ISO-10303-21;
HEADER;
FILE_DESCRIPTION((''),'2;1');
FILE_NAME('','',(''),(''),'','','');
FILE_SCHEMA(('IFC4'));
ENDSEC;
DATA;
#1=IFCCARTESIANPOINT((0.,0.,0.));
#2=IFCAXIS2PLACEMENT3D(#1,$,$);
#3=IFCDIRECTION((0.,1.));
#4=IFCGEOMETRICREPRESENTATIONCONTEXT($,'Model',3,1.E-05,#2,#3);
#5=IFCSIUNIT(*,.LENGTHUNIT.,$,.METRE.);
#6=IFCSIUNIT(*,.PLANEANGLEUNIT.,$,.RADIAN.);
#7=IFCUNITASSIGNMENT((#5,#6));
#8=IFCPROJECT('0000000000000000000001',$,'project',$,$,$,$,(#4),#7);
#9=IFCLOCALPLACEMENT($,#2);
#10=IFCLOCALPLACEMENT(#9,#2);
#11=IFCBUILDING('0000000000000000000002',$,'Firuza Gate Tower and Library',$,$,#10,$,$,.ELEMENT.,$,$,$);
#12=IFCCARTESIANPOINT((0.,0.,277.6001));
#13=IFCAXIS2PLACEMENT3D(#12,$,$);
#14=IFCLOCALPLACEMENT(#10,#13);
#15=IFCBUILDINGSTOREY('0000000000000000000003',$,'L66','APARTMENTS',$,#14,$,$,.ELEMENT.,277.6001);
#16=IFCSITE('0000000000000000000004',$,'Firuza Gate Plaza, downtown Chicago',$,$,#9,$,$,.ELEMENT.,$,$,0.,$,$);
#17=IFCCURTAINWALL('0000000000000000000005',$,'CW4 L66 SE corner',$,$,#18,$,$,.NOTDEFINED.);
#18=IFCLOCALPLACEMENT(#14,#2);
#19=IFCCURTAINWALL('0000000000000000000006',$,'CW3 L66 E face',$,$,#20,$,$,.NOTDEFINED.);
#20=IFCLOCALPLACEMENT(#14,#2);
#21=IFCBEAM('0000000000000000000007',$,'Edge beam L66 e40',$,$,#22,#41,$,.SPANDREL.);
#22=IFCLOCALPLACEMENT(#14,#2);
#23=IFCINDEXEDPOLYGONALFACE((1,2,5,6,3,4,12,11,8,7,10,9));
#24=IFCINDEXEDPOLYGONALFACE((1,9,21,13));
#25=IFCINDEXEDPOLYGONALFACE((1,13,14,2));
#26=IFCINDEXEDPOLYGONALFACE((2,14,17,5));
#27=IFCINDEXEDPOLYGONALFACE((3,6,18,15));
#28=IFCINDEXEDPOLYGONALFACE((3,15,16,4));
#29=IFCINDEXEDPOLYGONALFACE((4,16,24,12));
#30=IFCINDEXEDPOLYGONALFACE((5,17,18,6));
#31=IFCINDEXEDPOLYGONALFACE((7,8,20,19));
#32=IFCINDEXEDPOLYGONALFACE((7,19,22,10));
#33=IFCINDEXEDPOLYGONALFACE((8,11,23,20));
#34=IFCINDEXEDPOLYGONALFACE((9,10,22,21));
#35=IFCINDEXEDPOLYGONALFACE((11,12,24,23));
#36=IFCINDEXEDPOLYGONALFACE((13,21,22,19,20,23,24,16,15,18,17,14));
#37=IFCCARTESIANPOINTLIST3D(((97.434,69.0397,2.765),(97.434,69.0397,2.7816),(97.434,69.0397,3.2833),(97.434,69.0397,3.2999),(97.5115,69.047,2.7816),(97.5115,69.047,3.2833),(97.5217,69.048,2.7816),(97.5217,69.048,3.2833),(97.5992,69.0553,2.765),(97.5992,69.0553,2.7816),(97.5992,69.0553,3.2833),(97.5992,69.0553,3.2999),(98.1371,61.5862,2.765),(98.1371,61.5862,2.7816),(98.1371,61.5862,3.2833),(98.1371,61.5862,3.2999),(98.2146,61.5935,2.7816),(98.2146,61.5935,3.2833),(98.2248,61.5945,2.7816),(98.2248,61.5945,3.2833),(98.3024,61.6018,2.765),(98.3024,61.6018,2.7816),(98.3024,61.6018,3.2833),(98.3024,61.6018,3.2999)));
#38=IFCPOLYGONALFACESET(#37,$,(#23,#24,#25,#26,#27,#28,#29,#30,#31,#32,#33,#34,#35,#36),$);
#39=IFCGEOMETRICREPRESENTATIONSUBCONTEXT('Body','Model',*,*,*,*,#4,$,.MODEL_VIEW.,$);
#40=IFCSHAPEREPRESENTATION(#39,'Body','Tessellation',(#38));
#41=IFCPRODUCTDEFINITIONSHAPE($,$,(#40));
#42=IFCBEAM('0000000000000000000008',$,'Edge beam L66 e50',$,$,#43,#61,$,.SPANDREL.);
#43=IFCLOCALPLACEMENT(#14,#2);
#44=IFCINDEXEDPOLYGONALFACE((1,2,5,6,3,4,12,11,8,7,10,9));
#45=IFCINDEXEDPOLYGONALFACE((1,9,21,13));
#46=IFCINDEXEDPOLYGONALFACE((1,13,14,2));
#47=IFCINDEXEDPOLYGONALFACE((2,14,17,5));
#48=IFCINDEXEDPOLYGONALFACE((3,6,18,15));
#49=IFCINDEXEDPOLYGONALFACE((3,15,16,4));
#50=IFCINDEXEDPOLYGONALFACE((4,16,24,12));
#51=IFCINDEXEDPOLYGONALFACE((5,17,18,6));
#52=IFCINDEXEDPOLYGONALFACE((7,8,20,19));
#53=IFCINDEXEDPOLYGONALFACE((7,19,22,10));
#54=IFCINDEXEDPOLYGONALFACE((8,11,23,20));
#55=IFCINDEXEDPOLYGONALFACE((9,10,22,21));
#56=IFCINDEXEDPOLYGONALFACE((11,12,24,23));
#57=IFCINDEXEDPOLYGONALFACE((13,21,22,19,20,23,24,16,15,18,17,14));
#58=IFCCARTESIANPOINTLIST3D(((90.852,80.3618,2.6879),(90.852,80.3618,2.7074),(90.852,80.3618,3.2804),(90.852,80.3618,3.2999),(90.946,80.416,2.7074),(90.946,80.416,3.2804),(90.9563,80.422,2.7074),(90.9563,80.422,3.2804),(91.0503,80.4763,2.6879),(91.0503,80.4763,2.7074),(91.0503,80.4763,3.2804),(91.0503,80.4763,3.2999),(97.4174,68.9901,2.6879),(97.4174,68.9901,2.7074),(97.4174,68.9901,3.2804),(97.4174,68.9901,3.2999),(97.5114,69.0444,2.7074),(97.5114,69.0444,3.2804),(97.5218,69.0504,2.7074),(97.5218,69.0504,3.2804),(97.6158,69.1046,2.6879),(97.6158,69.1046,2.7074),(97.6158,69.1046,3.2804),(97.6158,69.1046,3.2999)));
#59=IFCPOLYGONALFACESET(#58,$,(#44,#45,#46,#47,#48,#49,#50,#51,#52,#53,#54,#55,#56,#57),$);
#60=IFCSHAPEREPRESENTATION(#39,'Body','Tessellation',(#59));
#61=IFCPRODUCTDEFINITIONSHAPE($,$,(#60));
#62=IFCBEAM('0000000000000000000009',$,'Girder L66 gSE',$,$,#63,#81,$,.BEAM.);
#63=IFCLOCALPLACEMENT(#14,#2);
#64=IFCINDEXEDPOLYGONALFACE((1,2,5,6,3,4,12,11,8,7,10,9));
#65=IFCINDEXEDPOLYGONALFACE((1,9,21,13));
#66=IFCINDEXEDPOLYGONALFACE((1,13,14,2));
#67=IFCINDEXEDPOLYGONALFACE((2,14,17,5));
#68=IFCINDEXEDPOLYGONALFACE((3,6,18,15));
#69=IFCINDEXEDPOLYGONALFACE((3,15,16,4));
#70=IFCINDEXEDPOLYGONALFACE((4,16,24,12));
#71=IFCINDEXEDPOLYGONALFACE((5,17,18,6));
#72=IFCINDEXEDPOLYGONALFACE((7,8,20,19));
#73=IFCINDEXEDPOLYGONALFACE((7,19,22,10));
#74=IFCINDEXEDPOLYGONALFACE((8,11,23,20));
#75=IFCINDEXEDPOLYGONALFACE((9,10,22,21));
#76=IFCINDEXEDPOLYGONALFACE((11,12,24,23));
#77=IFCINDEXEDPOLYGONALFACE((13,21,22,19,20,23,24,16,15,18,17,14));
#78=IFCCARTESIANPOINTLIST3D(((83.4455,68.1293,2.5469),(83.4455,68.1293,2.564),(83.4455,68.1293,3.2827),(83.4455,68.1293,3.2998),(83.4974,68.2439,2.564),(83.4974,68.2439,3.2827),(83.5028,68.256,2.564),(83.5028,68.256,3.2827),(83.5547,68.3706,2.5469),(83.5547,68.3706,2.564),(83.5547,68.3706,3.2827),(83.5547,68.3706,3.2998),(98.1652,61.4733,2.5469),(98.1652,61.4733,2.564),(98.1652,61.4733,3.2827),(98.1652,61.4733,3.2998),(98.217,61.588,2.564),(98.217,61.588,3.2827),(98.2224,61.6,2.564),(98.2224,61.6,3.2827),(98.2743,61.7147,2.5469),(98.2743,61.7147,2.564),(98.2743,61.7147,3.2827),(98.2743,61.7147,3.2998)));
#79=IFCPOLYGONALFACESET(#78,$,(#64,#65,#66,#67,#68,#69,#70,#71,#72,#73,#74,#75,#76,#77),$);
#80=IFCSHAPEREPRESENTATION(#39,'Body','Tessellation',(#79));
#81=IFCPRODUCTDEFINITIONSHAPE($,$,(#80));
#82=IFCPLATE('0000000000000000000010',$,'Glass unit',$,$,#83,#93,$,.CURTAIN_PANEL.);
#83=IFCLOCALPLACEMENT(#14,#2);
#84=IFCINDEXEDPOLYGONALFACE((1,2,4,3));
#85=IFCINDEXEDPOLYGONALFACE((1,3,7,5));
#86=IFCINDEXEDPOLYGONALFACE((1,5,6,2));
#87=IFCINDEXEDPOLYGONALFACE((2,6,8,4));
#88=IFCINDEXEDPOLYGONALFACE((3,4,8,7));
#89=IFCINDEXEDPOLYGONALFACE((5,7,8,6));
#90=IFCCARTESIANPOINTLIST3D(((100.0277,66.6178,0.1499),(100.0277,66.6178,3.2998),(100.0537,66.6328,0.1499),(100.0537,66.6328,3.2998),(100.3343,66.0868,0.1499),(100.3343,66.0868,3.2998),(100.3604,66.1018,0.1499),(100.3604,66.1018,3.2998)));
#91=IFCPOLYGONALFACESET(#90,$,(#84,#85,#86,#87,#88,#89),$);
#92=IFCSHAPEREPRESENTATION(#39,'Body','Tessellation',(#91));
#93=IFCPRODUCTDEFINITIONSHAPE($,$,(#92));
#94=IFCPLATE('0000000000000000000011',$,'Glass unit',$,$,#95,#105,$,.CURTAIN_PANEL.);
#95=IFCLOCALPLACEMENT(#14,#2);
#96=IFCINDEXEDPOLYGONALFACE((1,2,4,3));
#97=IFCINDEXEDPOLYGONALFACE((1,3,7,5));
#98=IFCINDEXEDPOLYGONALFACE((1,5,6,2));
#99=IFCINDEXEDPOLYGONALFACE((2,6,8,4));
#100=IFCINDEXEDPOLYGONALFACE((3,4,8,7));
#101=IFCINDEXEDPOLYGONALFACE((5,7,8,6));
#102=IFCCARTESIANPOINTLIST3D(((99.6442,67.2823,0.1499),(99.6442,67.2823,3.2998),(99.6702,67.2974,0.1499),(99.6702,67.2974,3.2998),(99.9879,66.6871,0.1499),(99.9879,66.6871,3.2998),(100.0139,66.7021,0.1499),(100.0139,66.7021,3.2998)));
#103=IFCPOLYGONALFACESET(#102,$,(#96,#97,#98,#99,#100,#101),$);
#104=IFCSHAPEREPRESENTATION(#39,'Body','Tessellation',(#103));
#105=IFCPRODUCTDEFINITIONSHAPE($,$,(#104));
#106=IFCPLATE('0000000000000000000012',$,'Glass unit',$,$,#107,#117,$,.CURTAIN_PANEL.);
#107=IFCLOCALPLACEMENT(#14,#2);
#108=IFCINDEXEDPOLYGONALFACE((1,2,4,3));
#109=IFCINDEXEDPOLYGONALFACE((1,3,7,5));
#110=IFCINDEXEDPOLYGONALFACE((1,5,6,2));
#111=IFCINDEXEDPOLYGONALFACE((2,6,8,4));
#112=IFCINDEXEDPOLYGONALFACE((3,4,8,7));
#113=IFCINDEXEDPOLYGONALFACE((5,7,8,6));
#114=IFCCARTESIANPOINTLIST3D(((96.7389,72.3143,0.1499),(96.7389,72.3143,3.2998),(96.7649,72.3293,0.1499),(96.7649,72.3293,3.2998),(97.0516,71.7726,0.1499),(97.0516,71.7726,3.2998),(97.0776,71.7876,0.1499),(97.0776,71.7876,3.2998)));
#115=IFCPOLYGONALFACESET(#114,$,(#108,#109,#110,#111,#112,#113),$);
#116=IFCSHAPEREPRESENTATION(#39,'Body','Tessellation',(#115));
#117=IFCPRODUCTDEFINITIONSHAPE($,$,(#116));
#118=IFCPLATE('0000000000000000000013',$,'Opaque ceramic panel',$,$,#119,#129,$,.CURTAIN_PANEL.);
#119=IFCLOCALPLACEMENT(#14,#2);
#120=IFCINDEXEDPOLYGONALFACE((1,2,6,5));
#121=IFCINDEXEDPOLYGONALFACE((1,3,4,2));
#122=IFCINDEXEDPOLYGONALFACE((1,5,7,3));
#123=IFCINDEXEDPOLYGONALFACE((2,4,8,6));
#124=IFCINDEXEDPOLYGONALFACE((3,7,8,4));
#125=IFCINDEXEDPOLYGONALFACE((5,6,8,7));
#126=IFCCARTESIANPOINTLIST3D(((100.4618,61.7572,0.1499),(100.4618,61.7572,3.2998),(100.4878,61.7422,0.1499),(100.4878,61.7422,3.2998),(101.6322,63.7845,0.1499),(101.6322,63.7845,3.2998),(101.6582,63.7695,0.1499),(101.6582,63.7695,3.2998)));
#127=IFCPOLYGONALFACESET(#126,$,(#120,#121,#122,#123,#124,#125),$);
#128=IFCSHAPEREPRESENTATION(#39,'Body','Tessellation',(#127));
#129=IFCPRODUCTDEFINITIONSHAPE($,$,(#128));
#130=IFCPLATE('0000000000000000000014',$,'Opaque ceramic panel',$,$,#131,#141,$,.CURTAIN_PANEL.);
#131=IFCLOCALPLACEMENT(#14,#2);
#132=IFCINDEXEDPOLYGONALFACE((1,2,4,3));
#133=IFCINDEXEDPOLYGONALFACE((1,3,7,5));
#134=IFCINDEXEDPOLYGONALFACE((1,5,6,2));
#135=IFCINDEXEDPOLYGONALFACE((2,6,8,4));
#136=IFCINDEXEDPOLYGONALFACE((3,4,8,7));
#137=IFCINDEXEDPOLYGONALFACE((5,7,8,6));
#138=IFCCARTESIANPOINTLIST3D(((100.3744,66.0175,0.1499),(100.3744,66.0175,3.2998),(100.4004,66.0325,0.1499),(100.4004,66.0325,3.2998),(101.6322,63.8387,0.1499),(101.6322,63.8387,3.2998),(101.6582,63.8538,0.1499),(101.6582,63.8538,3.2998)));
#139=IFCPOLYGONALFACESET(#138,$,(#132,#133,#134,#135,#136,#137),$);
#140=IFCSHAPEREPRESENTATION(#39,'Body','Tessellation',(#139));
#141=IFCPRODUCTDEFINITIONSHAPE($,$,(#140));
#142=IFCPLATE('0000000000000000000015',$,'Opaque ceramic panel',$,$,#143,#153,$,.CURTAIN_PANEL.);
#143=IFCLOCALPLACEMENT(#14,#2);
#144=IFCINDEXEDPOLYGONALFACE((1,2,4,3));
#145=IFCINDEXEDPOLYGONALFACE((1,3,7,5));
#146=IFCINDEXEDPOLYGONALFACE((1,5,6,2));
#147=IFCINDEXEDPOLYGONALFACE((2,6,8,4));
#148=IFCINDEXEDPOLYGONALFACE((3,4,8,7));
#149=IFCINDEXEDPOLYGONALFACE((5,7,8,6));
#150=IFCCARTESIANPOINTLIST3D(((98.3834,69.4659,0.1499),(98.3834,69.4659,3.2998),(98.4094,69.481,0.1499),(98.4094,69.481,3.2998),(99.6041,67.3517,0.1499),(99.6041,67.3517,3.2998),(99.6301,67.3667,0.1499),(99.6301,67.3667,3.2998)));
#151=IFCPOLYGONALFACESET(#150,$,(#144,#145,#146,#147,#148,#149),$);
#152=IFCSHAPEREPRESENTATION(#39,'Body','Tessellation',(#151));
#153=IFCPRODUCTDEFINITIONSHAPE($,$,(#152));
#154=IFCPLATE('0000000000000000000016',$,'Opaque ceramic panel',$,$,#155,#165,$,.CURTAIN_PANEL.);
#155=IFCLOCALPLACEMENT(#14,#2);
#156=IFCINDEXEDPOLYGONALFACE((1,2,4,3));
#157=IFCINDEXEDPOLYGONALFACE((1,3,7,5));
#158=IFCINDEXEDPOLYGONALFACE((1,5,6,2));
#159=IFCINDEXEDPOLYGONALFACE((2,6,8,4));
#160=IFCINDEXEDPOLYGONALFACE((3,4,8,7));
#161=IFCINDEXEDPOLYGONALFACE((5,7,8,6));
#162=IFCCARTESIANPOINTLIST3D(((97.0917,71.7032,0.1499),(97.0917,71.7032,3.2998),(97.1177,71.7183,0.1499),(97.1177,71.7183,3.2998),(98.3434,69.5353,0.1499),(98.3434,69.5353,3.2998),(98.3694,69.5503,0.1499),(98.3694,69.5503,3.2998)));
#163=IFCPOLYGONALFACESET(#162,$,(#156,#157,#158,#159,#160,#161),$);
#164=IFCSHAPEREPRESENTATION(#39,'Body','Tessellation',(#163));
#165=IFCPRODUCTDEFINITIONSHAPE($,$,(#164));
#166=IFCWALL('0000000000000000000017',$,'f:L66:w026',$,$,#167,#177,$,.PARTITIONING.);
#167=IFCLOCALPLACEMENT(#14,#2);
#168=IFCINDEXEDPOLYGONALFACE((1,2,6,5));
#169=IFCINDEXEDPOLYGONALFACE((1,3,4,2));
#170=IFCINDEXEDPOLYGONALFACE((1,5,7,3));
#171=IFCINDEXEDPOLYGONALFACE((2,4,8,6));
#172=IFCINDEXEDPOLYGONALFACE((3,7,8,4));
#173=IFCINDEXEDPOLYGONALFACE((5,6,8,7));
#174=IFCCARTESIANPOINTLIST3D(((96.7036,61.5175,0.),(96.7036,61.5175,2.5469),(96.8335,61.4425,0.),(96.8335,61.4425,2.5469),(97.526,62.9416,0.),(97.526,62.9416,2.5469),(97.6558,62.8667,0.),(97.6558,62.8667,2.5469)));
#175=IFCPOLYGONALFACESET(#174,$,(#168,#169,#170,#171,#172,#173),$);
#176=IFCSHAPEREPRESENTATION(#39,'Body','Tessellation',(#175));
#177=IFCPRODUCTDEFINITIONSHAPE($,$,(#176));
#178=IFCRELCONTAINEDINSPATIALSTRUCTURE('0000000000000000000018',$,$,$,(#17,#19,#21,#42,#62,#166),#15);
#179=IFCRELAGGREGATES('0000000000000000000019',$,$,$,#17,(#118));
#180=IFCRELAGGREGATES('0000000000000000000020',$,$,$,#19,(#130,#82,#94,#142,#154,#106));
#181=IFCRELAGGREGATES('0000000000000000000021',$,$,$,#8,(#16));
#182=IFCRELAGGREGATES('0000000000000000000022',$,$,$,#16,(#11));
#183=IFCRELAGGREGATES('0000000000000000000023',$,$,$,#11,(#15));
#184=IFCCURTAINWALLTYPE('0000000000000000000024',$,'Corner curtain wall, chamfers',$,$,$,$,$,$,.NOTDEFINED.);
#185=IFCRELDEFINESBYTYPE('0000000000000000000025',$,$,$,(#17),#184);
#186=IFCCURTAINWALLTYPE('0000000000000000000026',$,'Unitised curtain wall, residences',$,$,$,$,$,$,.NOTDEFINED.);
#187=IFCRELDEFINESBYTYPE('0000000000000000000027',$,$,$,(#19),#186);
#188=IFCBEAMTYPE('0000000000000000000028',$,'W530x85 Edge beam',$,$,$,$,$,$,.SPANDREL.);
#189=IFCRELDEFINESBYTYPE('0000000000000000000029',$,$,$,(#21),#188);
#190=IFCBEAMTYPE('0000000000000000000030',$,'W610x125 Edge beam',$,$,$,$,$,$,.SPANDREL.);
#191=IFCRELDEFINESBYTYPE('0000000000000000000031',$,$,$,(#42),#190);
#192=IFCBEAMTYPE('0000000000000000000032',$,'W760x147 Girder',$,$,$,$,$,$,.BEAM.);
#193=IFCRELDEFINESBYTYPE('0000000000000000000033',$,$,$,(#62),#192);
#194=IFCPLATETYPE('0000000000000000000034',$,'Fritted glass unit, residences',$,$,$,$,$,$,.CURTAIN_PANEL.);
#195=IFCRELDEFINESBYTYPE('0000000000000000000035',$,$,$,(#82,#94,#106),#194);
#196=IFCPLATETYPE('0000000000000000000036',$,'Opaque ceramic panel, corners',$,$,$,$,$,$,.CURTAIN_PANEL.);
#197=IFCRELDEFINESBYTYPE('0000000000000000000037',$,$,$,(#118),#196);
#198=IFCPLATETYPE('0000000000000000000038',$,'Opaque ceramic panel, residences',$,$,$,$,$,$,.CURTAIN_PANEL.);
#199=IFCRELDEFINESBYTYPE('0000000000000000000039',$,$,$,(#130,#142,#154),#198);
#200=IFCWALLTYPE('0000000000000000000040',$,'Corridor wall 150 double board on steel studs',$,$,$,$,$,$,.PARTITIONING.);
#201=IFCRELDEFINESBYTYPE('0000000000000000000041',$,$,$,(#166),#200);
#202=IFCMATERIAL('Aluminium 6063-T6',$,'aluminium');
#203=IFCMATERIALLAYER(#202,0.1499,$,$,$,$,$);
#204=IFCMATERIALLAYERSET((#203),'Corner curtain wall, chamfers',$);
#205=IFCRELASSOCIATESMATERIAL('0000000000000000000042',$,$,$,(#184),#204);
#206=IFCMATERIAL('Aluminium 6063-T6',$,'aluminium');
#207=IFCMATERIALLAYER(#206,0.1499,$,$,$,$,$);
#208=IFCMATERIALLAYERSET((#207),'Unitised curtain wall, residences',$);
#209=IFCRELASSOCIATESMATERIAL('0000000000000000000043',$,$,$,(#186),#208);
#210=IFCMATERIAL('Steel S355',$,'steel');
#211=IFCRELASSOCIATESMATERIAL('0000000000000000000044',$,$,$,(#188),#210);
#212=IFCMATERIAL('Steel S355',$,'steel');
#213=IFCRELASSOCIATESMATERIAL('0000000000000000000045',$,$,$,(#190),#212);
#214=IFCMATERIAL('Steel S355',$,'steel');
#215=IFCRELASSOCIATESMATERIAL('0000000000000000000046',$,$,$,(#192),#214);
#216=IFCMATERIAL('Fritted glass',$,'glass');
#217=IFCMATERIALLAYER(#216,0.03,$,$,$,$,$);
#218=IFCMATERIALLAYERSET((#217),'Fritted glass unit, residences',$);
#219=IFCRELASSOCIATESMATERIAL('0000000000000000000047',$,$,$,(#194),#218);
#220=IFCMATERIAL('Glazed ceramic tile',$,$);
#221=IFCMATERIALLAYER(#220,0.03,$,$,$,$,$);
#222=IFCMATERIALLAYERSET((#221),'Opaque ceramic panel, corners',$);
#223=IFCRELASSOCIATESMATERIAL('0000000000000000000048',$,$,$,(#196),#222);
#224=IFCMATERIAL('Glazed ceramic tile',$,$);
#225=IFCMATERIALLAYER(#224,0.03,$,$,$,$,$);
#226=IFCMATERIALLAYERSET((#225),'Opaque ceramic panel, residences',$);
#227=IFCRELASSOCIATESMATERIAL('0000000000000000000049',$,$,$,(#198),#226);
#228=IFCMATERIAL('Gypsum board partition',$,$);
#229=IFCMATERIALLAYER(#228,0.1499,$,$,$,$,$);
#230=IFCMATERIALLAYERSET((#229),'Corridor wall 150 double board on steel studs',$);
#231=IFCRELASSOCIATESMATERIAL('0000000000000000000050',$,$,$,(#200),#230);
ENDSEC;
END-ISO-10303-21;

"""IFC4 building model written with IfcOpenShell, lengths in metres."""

from ifc_helpers import new_model, si_unit, direction, frame, frame_2d, origin, origin_2d, place, context, subcontext, project, spatial, polyline, rectangle, i_section, outline, extrude, material, layer, layer_set, material_profile, profile_set, type_object, element, aggregate, save


model = new_model("IFC4")

# Units and contexts
model_context = context("Model", 3, precision=1e-05, world=origin(), true_north=direction((0.0, 1.0)))
body_context = subcontext(model_context, "Body", "Model", "MODEL_VIEW")
ifc_project = project(units=[si_unit("LENGTHUNIT", "METRE"), si_unit("PLANEANGLEUNIT", "RADIAN")], contexts=[model_context])

# Site, building, storey
site_placement = place(None, origin())
site = spatial("IfcSite", under=ifc_project, at=site_placement, Name="Firuza Gate Plaza, downtown Chicago", CompositionType="ELEMENT", RefElevation=0.0)
building_placement = place(site_placement, origin())
building = spatial("IfcBuilding", under=site, at=building_placement, Name="Firuza Gate Tower and Library", CompositionType="ELEMENT")
storey_placement = place(building_placement, frame((0.0, 0.0, 277.6001)))
storey = spatial("IfcBuildingStorey", under=building, at=storey_placement, Name="L66", Description="APARTMENTS", CompositionType="ELEMENT", Elevation=277.6001)

# Curtain wall
ifc_material_1 = material(Name="Aluminium 6063-T6", Category="aluminium")
ifc_layer_1 = layer(ifc_material_1, 0.1499)
ifc_layer_set_1 = layer_set([ifc_layer_1], Name="Corner curtain wall, chamfers")
curtain_wall_type_1 = type_object("IfcCurtainWallType", Name="Corner curtain wall, chamfers", PredefinedType="NOTDEFINED", material=ifc_layer_set_1)
placement = place(storey_placement, origin())
curtain_wall_1 = element("IfcCurtainWall", 1, at=placement, inside=storey, type_object=curtain_wall_type_1, Name="CW4 L66 SE corner", PredefinedType="NOTDEFINED")

# Curtain wall
ifc_material_2 = material(Name="Aluminium 6063-T6", Category="aluminium")
ifc_layer_2 = layer(ifc_material_2, 0.1499)
ifc_layer_set_2 = layer_set([ifc_layer_2], Name="Unitised curtain wall, residences")
curtain_wall_type_2 = type_object("IfcCurtainWallType", Name="Unitised curtain wall, residences", PredefinedType="NOTDEFINED", material=ifc_layer_set_2)
curtain_wall_2 = element("IfcCurtainWall", 2, at=placement, inside=storey, type_object=curtain_wall_type_2, Name="CW3 L66 E face", PredefinedType="NOTDEFINED")

# Beams
ifc_material_3 = material(Name="Steel S355", Category="steel")
ifc_material_profile_1 = material_profile(ifc_material_3, i_section(OverallWidth=0.166, OverallDepth=0.5349, WebThickness=0.0103, FlangeThickness=0.0166, at=origin_2d()))
ifc_profile_set_1 = profile_set([ifc_material_profile_1], Name="Steel S355")
beam_type_1 = type_object("IfcBeamType", Name="W530x85 Edge beam", PredefinedType="SPANDREL", material=ifc_profile_set_1)
beam_1_placement = place(storey_placement, frame((98.2197, 61.594, 3.0325), z_axis=(-0.09392, 0.99558, 0.0), x_axis=(-0.99558, -0.09392, 0.0)))
element("IfcBeam", 3, at=beam_1_placement, inside=storey, type_object=beam_type_1, Name="Edge beam L66 e40", PredefinedType="SPANDREL", context=body_context, shape_type="SweptSolid", body=[
    extrude(i_section(OverallWidth=0.166, OverallDepth=0.5349, WebThickness=0.0103, FlangeThickness=0.0166, at=origin_2d()), origin(), (0.0, 0.0, 1.0), 7.4866),
])
ifc_material_4 = material(Name="Steel S355", Category="steel")
ifc_material_profile_2 = material_profile(ifc_material_4, i_section(OverallWidth=0.229, OverallDepth=0.6121, WebThickness=0.012, FlangeThickness=0.0195, at=origin_2d()))
ifc_profile_set_2 = profile_set([ifc_material_profile_2], Name="Steel S355")
beam_type_2 = type_object("IfcBeamType", Name="W610x125 Edge beam", PredefinedType="SPANDREL", material=ifc_profile_set_2)
beam_2_placement = place(storey_placement, frame((97.5166, 69.0474, 2.9939), z_axis=(-0.500002, 0.866024, 0.0), x_axis=(-0.866024, -0.500002, 0.0)))
element("IfcBeam", 4, at=beam_2_placement, inside=storey, type_object=beam_type_2, Name="Edge beam L66 e50", PredefinedType="SPANDREL", context=body_context, shape_type="SweptSolid", body=[
    extrude(i_section(OverallWidth=0.229, OverallDepth=0.6121, WebThickness=0.012, FlangeThickness=0.0195, at=origin_2d()), origin(), (0.0, 0.0, 1.0), 13.1309),
])
ifc_material_5 = material(Name="Steel S355", Category="steel")
ifc_material_profile_3 = material_profile(ifc_material_5, i_section(OverallWidth=0.2649, OverallDepth=0.7529, WebThickness=0.0132, FlangeThickness=0.0171, at=origin_2d()))
ifc_profile_set_3 = profile_set([ifc_material_profile_3], Name="Steel S355")
beam_type_3 = type_object("IfcBeamType", Name="W760x147 Girder", PredefinedType="BEAM", material=ifc_profile_set_3)
beam_3_placement = place(storey_placement, frame((98.2197, 61.594, 2.9233), z_axis=(-0.911176, 0.412018, 0.0), x_axis=(-0.412018, -0.911176, 0.0)))
element("IfcBeam", 5, at=beam_3_placement, inside=storey, type_object=beam_type_3, Name="Girder L66 gSE", PredefinedType="BEAM", context=body_context, shape_type="SweptSolid", body=[
    extrude(i_section(OverallWidth=0.2649, OverallDepth=0.7529, WebThickness=0.0132, FlangeThickness=0.0171, at=origin_2d()), origin(), (0.0, 0.0, 1.0), 16.1545),
])

# Plates
ifc_material_6 = material(Name="Fritted glass", Category="glass")
ifc_layer_3 = layer(ifc_material_6, 0.03)
ifc_layer_set_3 = layer_set([ifc_layer_3], Name="Fritted glass unit, residences")
plate_type_1 = type_object("IfcPlateType", Name="Fritted glass unit, residences", PredefinedType="CURTAIN_PANEL", material=ifc_layer_set_3)
plate_1_placement = place(storey_placement, frame((100.3604, 66.1018, 0.1499), z_axis=(0.86598, 0.500079, 0.0), x_axis=(-0.500079, 0.86598, 0.0)))
plate_1 = element("IfcPlate", 6, at=plate_1_placement, type_object=plate_type_1, Name="Glass unit", PredefinedType="CURTAIN_PANEL", context=body_context, shape_type="SweptSolid", body=[
    extrude(outline(polyline([(0.0, 0.0), (0.6132, 0.0), (0.6132, 3.1499), (0.0, 3.1499), (0.0, 0.0)])), origin(), (0.0, 0.0, -1.0), 0.03),
])
plate_2_placement = place(storey_placement, frame((100.0139, 66.7021, 0.1499), z_axis=(0.865961, 0.500112, 0.0), x_axis=(-0.500112, 0.865961, 0.0)))
plate_2 = element("IfcPlate", 7, at=plate_2_placement, type_object=plate_type_1, Name="Glass unit", PredefinedType="CURTAIN_PANEL", context=body_context, shape_type="SweptSolid", body=[
    extrude(outline(polyline([(0.0, 0.0), (0.6873, 0.0), (0.6873, 3.1499), (0.0, 3.1499), (0.0, 0.0)])), origin(), (0.0, 0.0, -1.0), 0.03),
])
plate_3_placement = place(storey_placement, frame((97.0776, 71.7876, 0.1499), z_axis=(0.866049, 0.499959, 0.0), x_axis=(-0.499959, 0.866049, 0.0)))
plate_3 = element("IfcPlate", 8, at=plate_3_placement, type_object=plate_type_1, Name="Glass unit", PredefinedType="CURTAIN_PANEL", context=body_context, shape_type="SweptSolid", body=[
    extrude(outline(polyline([(0.0, 0.0), (0.6255, 0.0), (0.6255, 3.1499), (0.0, 3.1499), (0.0, 0.0)])), origin(), (0.0, 0.0, -1.0), 0.03),
])
ifc_material_7 = material(Name="Glazed ceramic tile")
ifc_layer_4 = layer(ifc_material_7, 0.03)
ifc_layer_set_4 = layer_set([ifc_layer_4], Name="Opaque ceramic panel, corners")
plate_type_2 = type_object("IfcPlateType", Name="Opaque ceramic panel, corners", PredefinedType="CURTAIN_PANEL", material=ifc_layer_set_4)
plate_4_placement = place(storey_placement, frame((100.4878, 61.7422, 0.1499), z_axis=(0.86604, -0.499975, 0.0), x_axis=(0.499975, 0.86604, 0.0)))
plate_4 = element("IfcPlate", 9, at=plate_4_placement, type_object=plate_type_2, Name="Opaque ceramic panel", PredefinedType="CURTAIN_PANEL", context=body_context, shape_type="SweptSolid", body=[
    extrude(outline(polyline([(0.0, 0.0), (2.3409, 0.0), (2.3409, 3.1499), (0.0, 3.1499), (0.0, 0.0)])), origin(), (0.0, 0.0, -1.0), 0.03),
])
aggregate(curtain_wall_1, [plate_4])
ifc_material_8 = material(Name="Glazed ceramic tile")
ifc_layer_5 = layer(ifc_material_8, 0.03)
ifc_layer_set_5 = layer_set([ifc_layer_5], Name="Opaque ceramic panel, residences")
plate_type_3 = type_object("IfcPlateType", Name="Opaque ceramic panel, residences", PredefinedType="CURTAIN_PANEL", material=ifc_layer_set_5)
plate_5_placement = place(storey_placement, frame((101.6582, 63.8538, 0.1499), z_axis=(0.866037, 0.49998, 0.0), x_axis=(-0.49998, 0.866037, 0.0)))
plate_5 = element("IfcPlate", 10, at=plate_5_placement, type_object=plate_type_3, Name="Opaque ceramic panel", PredefinedType="CURTAIN_PANEL", context=body_context, shape_type="SweptSolid", body=[
    extrude(outline(polyline([(0.0, 0.0), (2.5157, 0.0), (2.5157, 3.1499), (0.0, 3.1499), (0.0, 0.0)])), origin(), (0.0, 0.0, -1.0), 0.03),
])
plate_6_placement = place(storey_placement, frame((99.6301, 67.3667, 0.1499), z_axis=(0.866019, 0.500011, 0.0), x_axis=(-0.500011, 0.866019, 0.0)))
plate_6 = element("IfcPlate", 11, at=plate_6_placement, type_object=plate_type_3, Name="Opaque ceramic panel", PredefinedType="CURTAIN_PANEL", context=body_context, shape_type="SweptSolid", body=[
    extrude(outline(polyline([(0.0, 0.0), (2.4414, 0.0), (2.4414, 3.1499), (0.0, 3.1499), (0.0, 0.0)])), origin(), (0.0, 0.0, -1.0), 0.03),
])
plate_7_placement = place(storey_placement, frame((98.3694, 69.5503, 0.1499), z_axis=(0.86602, 0.500009, 0.0), x_axis=(-0.500009, 0.86602, 0.0)))
plate_7 = element("IfcPlate", 12, at=plate_7_placement, type_object=plate_type_3, Name="Opaque ceramic panel", PredefinedType="CURTAIN_PANEL", context=body_context, shape_type="SweptSolid", body=[
    extrude(outline(polyline([(0.0, 0.0), (2.5034, 0.0), (2.5034, 3.1499), (0.0, 3.1499), (0.0, 0.0)])), origin(), (0.0, 0.0, -1.0), 0.03),
])
aggregate(curtain_wall_2, [plate_5, plate_1, plate_2, plate_6, plate_7, plate_3])

# Wall
ifc_material_9 = material(Name="Gypsum board partition")
ifc_layer_6 = layer(ifc_material_9, 0.1499)
ifc_layer_set_6 = layer_set([ifc_layer_6], Name="Corridor wall 150 double board on steel studs")
wall_type_1 = type_object("IfcWallType", Name="Corridor wall 150 double board on steel studs", PredefinedType="PARTITIONING", material=ifc_layer_set_6)
wall_1_placement = place(storey_placement, frame((96.7686, 61.48, 0.0), z_axis=(0.0, 0.0, 1.0), x_axis=(0.500035, 0.866005, 0.0)))
element("IfcWall", 13, at=wall_1_placement, inside=storey, type_object=wall_type_1, Name="f:L66:w026", PredefinedType="PARTITIONING", context=body_context, shape_type="SweptSolid", body=[
    extrude(rectangle(XDim=1.6445, YDim=0.1499, at=frame_2d((0.8223, 0.0))), origin(), (0.0, 0.0, 1.0), 2.5469),
])

save(model, "model.ifc")
